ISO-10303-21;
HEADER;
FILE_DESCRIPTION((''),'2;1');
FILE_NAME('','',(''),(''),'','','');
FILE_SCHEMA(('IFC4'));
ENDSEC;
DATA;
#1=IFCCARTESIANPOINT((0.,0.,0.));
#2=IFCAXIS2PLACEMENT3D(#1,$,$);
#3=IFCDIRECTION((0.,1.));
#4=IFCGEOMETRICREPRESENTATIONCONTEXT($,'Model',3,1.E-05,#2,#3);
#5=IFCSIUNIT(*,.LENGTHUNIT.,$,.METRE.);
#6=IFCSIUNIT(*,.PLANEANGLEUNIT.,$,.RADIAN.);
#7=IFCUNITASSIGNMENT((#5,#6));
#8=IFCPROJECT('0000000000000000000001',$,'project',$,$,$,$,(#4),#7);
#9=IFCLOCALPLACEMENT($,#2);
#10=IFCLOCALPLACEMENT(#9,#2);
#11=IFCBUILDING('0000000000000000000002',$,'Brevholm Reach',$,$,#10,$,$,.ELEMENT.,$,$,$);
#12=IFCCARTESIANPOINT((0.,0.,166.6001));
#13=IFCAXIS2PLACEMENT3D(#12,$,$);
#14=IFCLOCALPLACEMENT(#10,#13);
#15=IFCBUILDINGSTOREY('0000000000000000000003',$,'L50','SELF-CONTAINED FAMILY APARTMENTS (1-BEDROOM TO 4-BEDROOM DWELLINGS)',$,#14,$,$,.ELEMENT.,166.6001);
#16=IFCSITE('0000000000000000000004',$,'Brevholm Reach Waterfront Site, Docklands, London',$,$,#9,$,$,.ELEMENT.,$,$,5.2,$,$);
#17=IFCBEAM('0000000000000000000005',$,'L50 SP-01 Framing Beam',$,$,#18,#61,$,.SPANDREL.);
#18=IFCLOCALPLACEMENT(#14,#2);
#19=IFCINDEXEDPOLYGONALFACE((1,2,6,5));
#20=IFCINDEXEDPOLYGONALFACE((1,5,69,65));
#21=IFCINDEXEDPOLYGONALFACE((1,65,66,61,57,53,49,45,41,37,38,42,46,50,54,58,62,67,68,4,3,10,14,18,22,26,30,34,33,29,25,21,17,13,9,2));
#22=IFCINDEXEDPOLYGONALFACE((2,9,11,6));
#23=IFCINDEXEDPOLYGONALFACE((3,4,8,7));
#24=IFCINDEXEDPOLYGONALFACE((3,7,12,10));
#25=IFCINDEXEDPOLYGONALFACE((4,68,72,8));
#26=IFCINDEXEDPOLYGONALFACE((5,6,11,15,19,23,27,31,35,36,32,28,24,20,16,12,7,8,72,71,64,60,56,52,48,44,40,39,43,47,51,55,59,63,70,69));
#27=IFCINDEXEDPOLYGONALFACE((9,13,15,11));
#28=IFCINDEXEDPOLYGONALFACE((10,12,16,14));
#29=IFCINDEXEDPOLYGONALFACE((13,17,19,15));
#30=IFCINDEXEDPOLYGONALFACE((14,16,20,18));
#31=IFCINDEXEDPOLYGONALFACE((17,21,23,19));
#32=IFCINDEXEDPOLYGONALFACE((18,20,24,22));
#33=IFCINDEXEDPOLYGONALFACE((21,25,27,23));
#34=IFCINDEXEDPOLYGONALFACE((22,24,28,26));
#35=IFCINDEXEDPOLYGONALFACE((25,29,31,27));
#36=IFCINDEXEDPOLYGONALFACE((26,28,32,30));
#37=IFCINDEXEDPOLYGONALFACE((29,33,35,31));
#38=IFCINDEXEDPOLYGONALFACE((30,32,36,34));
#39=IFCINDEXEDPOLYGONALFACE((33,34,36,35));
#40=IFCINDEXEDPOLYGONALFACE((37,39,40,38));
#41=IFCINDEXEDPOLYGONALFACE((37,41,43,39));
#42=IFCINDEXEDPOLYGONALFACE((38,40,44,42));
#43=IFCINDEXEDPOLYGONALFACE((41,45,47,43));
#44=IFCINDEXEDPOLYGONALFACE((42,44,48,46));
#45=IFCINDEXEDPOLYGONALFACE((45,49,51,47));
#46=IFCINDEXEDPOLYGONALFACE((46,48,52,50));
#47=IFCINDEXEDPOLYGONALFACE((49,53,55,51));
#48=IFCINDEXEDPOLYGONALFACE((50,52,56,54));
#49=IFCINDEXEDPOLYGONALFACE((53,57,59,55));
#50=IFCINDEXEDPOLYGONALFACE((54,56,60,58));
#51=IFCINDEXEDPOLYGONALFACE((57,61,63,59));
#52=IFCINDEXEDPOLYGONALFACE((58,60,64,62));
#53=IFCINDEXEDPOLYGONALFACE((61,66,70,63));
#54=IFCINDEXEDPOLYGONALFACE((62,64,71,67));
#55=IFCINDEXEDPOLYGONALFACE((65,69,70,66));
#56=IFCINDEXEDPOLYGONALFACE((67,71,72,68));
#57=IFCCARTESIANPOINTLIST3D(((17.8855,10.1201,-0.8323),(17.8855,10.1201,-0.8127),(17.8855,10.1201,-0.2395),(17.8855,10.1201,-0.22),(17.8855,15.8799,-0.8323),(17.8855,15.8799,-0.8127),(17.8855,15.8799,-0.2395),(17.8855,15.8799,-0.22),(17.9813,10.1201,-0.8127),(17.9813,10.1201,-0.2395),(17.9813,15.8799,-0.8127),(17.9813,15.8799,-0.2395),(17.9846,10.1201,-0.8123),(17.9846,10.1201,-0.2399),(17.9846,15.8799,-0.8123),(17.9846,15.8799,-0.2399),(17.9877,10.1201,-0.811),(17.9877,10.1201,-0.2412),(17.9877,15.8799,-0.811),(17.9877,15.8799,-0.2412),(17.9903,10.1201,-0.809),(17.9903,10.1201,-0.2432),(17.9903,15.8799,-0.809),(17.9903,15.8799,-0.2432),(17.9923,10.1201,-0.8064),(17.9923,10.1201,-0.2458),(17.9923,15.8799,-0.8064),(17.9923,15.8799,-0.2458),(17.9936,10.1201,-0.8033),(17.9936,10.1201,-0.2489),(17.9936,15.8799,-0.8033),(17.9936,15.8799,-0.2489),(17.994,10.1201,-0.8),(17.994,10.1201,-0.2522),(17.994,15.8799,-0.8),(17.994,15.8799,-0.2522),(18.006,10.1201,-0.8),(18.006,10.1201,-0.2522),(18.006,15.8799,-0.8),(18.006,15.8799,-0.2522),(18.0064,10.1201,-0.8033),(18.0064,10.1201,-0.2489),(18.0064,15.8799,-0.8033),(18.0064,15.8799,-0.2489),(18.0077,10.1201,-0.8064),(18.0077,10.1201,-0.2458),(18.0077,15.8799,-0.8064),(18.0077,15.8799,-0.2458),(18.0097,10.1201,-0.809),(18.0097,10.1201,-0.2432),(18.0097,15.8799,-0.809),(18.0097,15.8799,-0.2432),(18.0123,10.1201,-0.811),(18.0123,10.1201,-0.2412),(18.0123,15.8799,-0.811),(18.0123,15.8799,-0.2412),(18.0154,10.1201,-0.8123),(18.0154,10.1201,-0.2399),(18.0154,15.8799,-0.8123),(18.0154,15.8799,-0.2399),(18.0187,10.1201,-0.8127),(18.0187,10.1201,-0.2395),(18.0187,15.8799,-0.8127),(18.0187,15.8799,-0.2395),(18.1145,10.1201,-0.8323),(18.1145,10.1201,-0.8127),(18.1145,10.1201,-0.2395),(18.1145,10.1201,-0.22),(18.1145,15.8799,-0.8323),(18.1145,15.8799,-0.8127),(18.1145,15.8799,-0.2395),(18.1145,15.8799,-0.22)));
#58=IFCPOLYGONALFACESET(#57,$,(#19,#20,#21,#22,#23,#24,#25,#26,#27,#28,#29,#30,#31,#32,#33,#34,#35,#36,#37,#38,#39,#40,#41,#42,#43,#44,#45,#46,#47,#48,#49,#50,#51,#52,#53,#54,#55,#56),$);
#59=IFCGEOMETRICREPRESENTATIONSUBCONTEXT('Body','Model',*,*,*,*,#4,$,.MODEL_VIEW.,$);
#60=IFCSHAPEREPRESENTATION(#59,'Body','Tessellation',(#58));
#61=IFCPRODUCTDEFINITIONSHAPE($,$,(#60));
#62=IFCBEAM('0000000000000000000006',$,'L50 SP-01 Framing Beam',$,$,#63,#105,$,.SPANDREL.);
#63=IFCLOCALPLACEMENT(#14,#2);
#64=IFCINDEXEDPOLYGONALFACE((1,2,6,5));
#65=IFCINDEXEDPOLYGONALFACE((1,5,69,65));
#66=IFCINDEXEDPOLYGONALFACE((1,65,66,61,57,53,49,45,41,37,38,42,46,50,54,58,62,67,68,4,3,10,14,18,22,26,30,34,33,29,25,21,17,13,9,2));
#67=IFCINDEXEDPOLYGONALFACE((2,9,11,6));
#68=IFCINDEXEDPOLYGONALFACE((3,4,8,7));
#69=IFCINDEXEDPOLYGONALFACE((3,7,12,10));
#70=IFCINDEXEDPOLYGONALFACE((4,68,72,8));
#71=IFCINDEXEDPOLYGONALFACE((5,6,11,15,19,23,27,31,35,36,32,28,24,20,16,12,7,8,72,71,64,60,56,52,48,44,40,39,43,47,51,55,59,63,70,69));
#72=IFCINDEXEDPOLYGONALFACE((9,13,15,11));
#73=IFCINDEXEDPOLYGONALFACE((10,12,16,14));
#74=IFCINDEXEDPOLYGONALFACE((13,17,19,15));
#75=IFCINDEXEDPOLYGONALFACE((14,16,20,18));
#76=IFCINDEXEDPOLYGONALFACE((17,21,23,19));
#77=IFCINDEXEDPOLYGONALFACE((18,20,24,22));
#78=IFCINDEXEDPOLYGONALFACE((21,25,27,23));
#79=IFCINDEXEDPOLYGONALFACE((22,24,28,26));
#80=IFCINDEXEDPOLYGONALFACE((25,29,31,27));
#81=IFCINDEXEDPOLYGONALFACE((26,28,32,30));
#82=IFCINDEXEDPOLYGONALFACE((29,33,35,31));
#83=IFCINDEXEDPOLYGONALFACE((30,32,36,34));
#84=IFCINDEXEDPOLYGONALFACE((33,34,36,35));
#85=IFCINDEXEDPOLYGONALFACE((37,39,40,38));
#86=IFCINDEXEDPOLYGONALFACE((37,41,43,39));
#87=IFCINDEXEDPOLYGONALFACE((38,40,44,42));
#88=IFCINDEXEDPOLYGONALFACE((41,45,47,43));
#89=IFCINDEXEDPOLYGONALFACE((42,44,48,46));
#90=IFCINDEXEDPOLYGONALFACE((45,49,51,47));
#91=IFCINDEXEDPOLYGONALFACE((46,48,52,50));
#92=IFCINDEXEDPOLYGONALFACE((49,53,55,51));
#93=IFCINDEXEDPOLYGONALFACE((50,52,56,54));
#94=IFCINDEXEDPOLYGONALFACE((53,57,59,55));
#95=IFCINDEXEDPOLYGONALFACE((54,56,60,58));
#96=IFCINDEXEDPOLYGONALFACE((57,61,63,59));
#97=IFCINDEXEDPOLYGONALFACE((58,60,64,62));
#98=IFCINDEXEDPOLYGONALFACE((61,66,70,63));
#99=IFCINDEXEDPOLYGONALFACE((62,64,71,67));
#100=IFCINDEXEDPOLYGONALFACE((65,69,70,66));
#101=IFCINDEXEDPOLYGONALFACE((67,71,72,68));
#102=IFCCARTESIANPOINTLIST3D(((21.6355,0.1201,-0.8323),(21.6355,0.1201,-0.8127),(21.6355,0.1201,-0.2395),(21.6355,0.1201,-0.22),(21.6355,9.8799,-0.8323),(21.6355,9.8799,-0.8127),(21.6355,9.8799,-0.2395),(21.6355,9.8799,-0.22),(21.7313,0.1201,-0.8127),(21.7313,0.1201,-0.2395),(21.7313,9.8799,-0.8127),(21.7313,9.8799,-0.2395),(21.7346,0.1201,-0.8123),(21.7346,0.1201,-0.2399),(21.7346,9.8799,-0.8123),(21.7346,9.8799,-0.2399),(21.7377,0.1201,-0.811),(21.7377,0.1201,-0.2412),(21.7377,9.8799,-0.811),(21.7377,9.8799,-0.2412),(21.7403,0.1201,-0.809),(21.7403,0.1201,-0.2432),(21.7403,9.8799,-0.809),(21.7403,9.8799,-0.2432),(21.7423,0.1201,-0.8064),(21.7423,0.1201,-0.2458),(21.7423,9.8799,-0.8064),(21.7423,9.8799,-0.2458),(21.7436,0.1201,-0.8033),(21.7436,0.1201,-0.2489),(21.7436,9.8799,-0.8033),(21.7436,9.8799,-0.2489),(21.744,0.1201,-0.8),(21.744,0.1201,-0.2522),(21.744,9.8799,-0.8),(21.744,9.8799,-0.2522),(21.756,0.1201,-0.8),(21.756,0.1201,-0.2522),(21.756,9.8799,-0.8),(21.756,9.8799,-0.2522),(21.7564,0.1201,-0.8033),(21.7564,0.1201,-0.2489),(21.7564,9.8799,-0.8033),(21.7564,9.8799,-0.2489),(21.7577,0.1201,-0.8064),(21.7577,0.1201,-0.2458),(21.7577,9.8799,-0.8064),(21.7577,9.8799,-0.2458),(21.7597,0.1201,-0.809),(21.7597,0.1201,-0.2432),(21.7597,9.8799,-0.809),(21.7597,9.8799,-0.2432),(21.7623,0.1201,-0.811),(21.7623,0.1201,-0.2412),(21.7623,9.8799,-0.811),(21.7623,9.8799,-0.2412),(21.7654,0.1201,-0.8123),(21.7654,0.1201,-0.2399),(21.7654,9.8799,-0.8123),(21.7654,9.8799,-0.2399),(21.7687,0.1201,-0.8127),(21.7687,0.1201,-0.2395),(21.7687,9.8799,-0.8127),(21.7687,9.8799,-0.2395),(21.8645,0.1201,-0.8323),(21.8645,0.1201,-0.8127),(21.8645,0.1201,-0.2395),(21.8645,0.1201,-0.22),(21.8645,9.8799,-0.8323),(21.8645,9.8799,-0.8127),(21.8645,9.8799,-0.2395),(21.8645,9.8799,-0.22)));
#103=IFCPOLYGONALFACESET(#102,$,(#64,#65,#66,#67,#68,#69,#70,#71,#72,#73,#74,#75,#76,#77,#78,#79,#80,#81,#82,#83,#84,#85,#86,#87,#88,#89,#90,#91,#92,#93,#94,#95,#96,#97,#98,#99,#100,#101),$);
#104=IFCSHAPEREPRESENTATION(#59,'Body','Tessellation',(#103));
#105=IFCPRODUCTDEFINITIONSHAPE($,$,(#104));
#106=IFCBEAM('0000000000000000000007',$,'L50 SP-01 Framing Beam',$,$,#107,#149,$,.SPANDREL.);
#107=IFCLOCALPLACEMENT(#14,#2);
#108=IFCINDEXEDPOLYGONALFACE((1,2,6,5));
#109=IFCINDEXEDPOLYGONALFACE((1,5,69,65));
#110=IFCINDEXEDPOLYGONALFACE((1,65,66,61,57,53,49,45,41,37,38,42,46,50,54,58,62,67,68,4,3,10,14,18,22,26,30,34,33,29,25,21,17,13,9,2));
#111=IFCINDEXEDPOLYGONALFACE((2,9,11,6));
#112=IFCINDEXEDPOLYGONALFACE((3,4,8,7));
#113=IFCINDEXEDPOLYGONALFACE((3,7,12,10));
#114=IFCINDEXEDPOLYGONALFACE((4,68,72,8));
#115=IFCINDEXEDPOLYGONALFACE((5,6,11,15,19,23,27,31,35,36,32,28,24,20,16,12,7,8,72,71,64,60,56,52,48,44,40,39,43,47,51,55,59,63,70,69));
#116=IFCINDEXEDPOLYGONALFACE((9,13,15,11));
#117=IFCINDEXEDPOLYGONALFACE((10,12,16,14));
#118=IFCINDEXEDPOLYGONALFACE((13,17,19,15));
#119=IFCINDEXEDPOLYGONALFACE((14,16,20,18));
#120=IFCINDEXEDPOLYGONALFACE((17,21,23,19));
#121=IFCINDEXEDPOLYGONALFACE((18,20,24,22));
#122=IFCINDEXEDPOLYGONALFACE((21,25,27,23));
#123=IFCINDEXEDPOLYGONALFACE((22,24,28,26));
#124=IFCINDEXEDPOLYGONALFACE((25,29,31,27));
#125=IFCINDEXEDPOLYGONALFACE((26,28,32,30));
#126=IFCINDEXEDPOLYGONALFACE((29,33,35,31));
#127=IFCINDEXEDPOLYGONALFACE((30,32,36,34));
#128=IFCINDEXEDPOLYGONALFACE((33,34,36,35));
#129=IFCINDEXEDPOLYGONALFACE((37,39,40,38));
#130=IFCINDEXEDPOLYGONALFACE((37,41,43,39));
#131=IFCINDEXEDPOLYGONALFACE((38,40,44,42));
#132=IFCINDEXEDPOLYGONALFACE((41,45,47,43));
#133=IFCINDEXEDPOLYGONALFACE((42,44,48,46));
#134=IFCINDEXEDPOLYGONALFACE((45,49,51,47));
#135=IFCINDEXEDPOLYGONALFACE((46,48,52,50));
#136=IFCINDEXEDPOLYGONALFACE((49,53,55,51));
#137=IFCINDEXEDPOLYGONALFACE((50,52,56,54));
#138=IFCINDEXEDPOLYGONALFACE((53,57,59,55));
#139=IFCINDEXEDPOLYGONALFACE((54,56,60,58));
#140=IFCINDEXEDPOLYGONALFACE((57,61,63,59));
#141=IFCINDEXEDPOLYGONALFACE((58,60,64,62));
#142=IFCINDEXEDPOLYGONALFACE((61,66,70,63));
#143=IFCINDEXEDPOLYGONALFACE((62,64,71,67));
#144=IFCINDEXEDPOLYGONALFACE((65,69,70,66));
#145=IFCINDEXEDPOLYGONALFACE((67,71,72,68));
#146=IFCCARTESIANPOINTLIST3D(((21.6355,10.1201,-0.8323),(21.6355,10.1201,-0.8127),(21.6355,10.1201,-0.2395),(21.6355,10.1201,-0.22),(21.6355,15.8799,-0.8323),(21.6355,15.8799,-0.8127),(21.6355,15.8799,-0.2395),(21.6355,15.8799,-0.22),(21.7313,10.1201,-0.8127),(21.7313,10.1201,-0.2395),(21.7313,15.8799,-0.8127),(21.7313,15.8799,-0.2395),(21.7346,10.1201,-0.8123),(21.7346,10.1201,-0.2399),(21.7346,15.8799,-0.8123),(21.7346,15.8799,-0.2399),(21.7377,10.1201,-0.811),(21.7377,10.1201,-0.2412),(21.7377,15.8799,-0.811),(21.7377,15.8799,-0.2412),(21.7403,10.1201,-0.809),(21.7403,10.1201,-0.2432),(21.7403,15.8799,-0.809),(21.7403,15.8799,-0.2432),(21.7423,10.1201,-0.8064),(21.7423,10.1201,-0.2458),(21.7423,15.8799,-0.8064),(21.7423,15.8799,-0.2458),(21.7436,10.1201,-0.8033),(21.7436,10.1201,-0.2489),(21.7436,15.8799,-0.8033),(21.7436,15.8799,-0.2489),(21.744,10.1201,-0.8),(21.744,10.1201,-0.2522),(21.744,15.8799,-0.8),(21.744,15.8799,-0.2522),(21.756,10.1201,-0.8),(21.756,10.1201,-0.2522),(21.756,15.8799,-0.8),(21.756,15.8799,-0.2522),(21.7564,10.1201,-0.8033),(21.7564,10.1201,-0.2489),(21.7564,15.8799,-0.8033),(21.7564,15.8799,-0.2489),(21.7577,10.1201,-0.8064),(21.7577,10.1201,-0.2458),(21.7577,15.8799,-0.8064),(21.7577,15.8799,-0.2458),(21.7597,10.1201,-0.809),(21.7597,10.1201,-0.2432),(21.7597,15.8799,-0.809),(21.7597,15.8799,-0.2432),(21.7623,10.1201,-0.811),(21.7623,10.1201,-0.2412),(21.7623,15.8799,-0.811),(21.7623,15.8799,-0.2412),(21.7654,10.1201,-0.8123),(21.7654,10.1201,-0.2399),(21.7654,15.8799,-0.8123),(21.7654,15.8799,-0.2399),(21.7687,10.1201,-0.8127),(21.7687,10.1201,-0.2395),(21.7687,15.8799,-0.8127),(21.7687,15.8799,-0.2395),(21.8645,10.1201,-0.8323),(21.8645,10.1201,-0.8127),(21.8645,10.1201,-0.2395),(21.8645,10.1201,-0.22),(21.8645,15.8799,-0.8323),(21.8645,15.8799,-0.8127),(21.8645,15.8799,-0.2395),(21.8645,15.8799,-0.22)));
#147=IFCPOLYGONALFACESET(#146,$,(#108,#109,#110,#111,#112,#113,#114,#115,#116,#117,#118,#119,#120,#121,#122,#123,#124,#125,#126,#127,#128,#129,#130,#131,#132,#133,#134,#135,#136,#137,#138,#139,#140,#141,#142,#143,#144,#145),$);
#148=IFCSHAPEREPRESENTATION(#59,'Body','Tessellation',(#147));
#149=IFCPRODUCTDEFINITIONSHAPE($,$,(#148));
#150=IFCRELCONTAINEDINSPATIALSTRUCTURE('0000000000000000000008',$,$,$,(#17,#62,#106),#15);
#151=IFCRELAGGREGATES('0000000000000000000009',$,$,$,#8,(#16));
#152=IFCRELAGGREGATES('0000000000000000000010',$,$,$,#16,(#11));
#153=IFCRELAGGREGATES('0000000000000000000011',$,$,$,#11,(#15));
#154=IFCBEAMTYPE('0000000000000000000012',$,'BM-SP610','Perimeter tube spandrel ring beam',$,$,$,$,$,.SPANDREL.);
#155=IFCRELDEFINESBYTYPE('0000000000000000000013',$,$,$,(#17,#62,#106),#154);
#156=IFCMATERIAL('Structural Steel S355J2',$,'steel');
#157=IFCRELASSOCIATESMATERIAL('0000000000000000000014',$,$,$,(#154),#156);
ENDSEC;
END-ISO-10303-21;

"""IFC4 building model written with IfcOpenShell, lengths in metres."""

from ifc_helpers import new_model, si_unit, direction, frame, origin, origin_2d, place, context, subcontext, project, spatial, i_section, extrude, material, material_profile, profile_set, type_object, element, save


model = new_model("IFC4")

# Units and contexts
model_context = context("Model", 3, precision=1e-05, world=origin(), true_north=direction((0.0, 1.0)))
body_context = subcontext(model_context, "Body", "Model", "MODEL_VIEW")
ifc_project = project(units=[si_unit("LENGTHUNIT", "METRE"), si_unit("PLANEANGLEUNIT", "RADIAN")], contexts=[model_context])

# Site, building, storey
site_placement = place(None, origin())
site = spatial("IfcSite", under=ifc_project, at=site_placement, Name="Brevholm Reach Waterfront Site, Docklands, London", CompositionType="ELEMENT", RefElevation=5.2)
building_placement = place(site_placement, origin())
building = spatial("IfcBuilding", under=site, at=building_placement, Name="Brevholm Reach", CompositionType="ELEMENT")
storey_placement = place(building_placement, frame((0.0, 0.0, 166.6001)))
storey = spatial("IfcBuildingStorey", under=building, at=storey_placement, Name="L50", Description="SELF-CONTAINED FAMILY APARTMENTS (1-BEDROOM TO 4-BEDROOM DWELLINGS)", CompositionType="ELEMENT", Elevation=166.6001)

# Beams
ifc_material_1 = material(Name="Structural Steel S355J2", Category="steel")
ifc_material_profile_1 = material_profile(ifc_material_1, i_section(OverallWidth=0.229, OverallDepth=0.6123, WebThickness=0.012, FlangeThickness=0.0195, FilletRadius=0.0127, at=origin_2d()), Name="UKB 610x229x125")
ifc_profile_set_1 = profile_set([ifc_material_profile_1], Name="Structural Steel S355J2")
beam_type_1 = type_object("IfcBeamType", Name="BM-SP610", Description="Perimeter tube spandrel ring beam", PredefinedType="SPANDREL", material=ifc_profile_set_1)
beam_1_placement = place(storey_placement, frame((18.0, 10.1201, -0.5261), z_axis=(0.0, 1.0, 0.0), x_axis=(-1.0, 0.0, 0.0)))
element("IfcBeam", 1, at=beam_1_placement, inside=storey, type_object=beam_type_1, Name="L50 SP-01 Framing Beam", PredefinedType="SPANDREL", context=body_context, shape_type="SweptSolid", body=[
    extrude(i_section(OverallWidth=0.229, OverallDepth=0.6123, WebThickness=0.012, FlangeThickness=0.0195, FilletRadius=0.0127, at=origin_2d()), origin(), (0.0, 0.0, 1.0), 5.7598),
])
beam_2_placement = place(storey_placement, frame((21.75, 0.1201, -0.5261), z_axis=(0.0, 1.0, 0.0), x_axis=(-1.0, 0.0, 0.0)))
element("IfcBeam", 2, at=beam_2_placement, inside=storey, type_object=beam_type_1, Name="L50 SP-01 Framing Beam", PredefinedType="SPANDREL", context=body_context, shape_type="SweptSolid", body=[
    extrude(i_section(OverallWidth=0.229, OverallDepth=0.6123, WebThickness=0.012, FlangeThickness=0.0195, FilletRadius=0.0127, at=origin_2d()), origin(), (0.0, 0.0, 1.0), 9.7598),
])
beam_3_placement = place(storey_placement, frame((21.75, 10.1201, -0.5261), z_axis=(0.0, 1.0, 0.0), x_axis=(-1.0, 0.0, 0.0)))
element("IfcBeam", 3, at=beam_3_placement, inside=storey, type_object=beam_type_1, Name="L50 SP-01 Framing Beam", PredefinedType="SPANDREL", context=body_context, shape_type="SweptSolid", body=[
    extrude(i_section(OverallWidth=0.229, OverallDepth=0.6123, WebThickness=0.012, FlangeThickness=0.0195, FilletRadius=0.0127, at=origin_2d()), origin(), (0.0, 0.0, 1.0), 5.7598),
])

save(model, "model.ifc")
